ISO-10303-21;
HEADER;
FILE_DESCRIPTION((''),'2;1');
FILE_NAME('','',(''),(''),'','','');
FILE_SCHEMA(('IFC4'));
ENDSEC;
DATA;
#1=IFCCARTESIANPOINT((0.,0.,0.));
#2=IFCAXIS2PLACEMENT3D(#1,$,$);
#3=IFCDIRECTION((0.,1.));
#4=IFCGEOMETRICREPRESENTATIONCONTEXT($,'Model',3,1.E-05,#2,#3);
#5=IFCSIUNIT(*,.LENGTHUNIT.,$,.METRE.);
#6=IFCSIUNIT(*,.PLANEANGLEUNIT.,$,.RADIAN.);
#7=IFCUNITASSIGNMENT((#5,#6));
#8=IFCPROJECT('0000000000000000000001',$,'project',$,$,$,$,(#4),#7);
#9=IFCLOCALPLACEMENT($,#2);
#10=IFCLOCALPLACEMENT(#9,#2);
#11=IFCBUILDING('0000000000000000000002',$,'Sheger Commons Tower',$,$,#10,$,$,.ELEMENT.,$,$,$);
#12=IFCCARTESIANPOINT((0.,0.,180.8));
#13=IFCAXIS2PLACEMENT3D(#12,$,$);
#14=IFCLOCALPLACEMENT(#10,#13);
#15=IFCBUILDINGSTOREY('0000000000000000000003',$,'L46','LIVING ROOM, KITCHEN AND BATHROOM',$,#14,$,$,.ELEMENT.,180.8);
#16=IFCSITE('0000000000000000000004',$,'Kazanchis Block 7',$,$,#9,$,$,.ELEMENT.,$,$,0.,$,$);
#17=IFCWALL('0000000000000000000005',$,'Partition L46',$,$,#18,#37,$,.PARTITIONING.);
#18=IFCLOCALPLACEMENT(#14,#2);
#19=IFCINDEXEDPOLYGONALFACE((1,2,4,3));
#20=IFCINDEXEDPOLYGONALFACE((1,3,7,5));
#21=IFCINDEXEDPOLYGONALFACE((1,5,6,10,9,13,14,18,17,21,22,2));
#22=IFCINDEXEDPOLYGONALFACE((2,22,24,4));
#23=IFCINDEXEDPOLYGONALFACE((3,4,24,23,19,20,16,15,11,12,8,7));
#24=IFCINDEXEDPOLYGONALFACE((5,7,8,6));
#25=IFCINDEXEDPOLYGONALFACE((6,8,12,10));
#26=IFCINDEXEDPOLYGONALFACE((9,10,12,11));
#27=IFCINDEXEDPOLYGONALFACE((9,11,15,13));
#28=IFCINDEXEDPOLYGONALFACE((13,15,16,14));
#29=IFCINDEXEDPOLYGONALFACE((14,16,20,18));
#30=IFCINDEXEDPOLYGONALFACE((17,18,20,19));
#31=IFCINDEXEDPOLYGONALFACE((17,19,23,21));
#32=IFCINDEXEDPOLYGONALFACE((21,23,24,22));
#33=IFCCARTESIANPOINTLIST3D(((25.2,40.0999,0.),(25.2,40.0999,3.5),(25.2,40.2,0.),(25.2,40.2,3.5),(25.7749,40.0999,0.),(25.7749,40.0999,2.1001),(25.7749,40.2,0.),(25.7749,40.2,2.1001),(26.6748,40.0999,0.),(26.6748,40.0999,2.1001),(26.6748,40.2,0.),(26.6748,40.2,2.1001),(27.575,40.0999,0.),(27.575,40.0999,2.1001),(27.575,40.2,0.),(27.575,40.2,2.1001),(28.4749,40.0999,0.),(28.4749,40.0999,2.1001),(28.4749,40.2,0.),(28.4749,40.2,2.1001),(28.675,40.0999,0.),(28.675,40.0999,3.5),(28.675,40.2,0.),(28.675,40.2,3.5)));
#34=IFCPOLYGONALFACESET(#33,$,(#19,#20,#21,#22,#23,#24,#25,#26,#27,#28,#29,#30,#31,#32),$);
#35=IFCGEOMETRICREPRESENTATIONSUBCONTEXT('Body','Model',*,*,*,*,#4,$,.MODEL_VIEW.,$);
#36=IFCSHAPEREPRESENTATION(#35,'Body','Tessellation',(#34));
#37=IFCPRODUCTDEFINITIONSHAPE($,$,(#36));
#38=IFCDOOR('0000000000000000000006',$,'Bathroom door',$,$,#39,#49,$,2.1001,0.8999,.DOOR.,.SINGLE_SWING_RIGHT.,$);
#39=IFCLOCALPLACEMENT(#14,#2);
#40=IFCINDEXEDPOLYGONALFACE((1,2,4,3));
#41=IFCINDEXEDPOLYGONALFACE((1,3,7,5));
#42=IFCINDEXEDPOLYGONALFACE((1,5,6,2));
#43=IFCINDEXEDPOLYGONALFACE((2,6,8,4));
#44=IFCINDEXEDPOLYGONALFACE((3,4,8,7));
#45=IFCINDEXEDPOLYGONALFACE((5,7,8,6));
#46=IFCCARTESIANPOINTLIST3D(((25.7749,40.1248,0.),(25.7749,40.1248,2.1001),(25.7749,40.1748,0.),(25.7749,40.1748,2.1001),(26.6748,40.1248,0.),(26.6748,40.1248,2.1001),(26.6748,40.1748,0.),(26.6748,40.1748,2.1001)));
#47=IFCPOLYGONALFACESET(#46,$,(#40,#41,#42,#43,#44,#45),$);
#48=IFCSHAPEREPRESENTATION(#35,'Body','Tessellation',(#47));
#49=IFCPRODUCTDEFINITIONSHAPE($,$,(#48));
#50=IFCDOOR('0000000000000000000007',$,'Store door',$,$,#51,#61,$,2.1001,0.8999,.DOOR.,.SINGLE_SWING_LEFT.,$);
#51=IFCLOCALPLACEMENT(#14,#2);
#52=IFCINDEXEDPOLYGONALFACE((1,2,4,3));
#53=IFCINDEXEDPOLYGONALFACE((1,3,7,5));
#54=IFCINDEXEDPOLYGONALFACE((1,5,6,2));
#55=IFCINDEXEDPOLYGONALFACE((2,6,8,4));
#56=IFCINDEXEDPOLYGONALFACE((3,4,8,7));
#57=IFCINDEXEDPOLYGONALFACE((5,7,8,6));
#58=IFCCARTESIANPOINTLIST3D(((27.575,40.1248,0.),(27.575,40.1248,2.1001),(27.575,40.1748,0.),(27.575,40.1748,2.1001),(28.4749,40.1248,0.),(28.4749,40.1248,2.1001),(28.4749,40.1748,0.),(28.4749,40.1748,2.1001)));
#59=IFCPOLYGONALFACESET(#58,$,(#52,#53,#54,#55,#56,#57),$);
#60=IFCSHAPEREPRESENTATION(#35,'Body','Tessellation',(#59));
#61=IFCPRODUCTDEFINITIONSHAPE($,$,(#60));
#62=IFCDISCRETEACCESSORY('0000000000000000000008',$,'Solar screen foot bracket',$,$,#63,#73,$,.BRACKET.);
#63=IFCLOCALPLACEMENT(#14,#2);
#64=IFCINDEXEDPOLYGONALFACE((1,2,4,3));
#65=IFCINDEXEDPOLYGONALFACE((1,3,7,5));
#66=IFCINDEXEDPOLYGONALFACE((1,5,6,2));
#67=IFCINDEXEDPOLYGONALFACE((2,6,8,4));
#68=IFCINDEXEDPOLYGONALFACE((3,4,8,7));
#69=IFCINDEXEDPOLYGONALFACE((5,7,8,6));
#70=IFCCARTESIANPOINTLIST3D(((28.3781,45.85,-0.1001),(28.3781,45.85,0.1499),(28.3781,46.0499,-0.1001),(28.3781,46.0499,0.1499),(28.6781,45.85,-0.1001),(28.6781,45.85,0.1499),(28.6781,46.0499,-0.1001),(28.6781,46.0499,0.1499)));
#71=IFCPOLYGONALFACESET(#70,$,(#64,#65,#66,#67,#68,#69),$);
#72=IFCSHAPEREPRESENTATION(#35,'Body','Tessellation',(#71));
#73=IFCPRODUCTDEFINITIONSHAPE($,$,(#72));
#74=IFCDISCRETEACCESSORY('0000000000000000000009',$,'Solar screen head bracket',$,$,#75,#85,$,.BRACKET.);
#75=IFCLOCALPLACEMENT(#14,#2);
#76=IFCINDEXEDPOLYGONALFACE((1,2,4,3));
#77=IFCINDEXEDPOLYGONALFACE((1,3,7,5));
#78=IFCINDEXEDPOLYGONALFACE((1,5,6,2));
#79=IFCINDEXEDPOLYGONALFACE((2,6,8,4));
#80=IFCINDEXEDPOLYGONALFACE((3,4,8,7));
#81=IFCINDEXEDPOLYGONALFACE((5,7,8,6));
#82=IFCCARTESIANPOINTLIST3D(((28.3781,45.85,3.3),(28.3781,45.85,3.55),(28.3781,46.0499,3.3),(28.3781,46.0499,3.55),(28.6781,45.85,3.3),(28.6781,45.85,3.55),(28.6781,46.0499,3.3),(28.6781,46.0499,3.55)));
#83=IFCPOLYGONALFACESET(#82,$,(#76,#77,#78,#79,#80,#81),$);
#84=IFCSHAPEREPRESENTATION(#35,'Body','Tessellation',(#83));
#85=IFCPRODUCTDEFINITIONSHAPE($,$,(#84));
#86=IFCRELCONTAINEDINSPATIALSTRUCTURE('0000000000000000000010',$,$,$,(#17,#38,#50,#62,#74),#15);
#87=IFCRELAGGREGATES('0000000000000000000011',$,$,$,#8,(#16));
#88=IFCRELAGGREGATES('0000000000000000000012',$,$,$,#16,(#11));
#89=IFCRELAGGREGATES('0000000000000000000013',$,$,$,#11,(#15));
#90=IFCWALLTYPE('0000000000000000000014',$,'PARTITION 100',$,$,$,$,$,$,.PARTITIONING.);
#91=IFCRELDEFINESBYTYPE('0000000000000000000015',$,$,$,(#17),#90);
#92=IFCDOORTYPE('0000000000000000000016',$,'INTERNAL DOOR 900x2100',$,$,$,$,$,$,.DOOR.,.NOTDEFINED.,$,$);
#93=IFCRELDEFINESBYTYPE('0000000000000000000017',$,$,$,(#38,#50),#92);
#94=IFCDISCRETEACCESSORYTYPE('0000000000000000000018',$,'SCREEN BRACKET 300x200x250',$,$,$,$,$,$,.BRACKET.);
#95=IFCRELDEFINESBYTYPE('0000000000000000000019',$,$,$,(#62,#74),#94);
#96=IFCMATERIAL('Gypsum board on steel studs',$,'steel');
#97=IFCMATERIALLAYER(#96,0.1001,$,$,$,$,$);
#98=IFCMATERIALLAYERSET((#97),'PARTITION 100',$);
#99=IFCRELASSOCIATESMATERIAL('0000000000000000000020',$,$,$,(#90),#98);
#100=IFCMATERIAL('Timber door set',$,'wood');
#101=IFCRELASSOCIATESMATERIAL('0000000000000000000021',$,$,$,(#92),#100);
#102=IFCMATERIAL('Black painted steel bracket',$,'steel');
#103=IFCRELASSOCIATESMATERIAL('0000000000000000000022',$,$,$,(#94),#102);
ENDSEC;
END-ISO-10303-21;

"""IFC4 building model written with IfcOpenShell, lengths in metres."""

from ifc_helpers import new_model, si_unit, direction, frame, frame_2d, origin, origin_2d, place, context, subcontext, project, spatial, rectangle, extrude, material, layer, layer_set, type_object, element, fill, save


model = new_model("IFC4")

# Units and contexts
model_context = context("Model", 3, precision=1e-05, world=origin(), true_north=direction((0.0, 1.0)))
body_context = subcontext(model_context, "Body", "Model", "MODEL_VIEW")
ifc_project = project(units=[si_unit("LENGTHUNIT", "METRE"), si_unit("PLANEANGLEUNIT", "RADIAN")], contexts=[model_context])

# Site, building, storey
site_placement = place(None, origin())
site = spatial("IfcSite", under=ifc_project, at=site_placement, Name="Kazanchis Block 7", CompositionType="ELEMENT", RefElevation=0.0)
building_placement = place(site_placement, origin())
building = spatial("IfcBuilding", under=site, at=building_placement, Name="Sheger Commons Tower", CompositionType="ELEMENT")
storey_placement = place(building_placement, frame((0.0, 0.0, 180.8)))
storey = spatial("IfcBuildingStorey", under=building, at=storey_placement, Name="L46", Description="LIVING ROOM, KITCHEN AND BATHROOM", CompositionType="ELEMENT", Elevation=180.8)

# Wall, openings, doors
ifc_material_1 = material(Name="Gypsum board on steel studs", Category="steel")
ifc_layer_1 = layer(ifc_material_1, 0.1001)
ifc_layer_set_1 = layer_set([ifc_layer_1], Name="PARTITION 100")
wall_type_1 = type_object("IfcWallType", Name="PARTITION 100", PredefinedType="PARTITIONING", material=ifc_layer_set_1)
wall_1_placement = place(storey_placement, frame((25.2, 40.1499, 0.0), z_axis=(0.0, 0.0, 1.0), x_axis=(1.0, 0.0, 0.0)))
wall_1 = element("IfcWall", 1, at=wall_1_placement, inside=storey, type_object=wall_type_1, Name="Partition L46", PredefinedType="PARTITIONING", context=body_context, shape_type="SweptSolid", body=[
    extrude(rectangle(XDim=3.4751, YDim=0.1001, at=frame_2d((1.7375, 0.0))), origin(), (0.0, 0.0, 1.0), 3.5),
])
opening_1_placement = place(wall_1_placement, frame((0.575, 0.0, 0.0)))
opening_1 = element("IfcOpeningElement", 2, at=opening_1_placement, cuts=wall_1, PredefinedType="OPENING", context=body_context, shape_type="SweptSolid", body=[
    extrude(rectangle(XDim=0.8999, YDim=2.1001, at=frame_2d((0.45, 1.05))), frame((0.0, 0.0601, 0.0), z_axis=(0.0, -1.0, 0.0), x_axis=(1.0, 0.0, 0.0)), (0.0, 0.0, 1.0), 0.1201),
])
opening_2_placement = place(wall_1_placement, frame((2.375, 0.0, 0.0)))
opening_2 = element("IfcOpeningElement", 3, at=opening_2_placement, cuts=wall_1, PredefinedType="OPENING", context=body_context, shape_type="SweptSolid", body=[
    extrude(rectangle(XDim=0.8999, YDim=2.1001, at=frame_2d((0.45, 1.05))), frame((0.0, 0.0601, 0.0), z_axis=(0.0, -1.0, 0.0), x_axis=(1.0, 0.0, 0.0)), (0.0, 0.0, 1.0), 0.1201),
])
ifc_material_2 = material(Name="Timber door set", Category="wood")
door_type = type_object("IfcDoorType", Name="INTERNAL DOOR 900x2100", OperationType="NOTDEFINED", PredefinedType="DOOR", material=ifc_material_2)
door_1_placement = place(opening_1_placement, origin())
door_1 = element("IfcDoor", 4, at=door_1_placement, inside=storey, type_object=door_type, Name="Bathroom door", OperationType="SINGLE_SWING_RIGHT", OverallHeight=2.1001, OverallWidth=0.8999, PredefinedType="DOOR", context=body_context, shape_type="SweptSolid", body=[
    extrude(rectangle(XDim=0.8999, YDim=2.1001, at=frame_2d((0.45, 1.05))), frame((0.0, 0.0249, 0.0), z_axis=(0.0, -1.0, 0.0), x_axis=(1.0, 0.0, 0.0)), (0.0, 0.0, 1.0), 0.05),
])
fill(opening_1, door_1)
door_2_placement = place(opening_2_placement, origin())
door_2 = element("IfcDoor", 5, at=door_2_placement, inside=storey, type_object=door_type, Name="Store door", OperationType="SINGLE_SWING_LEFT", OverallHeight=2.1001, OverallWidth=0.8999, PredefinedType="DOOR", context=body_context, shape_type="SweptSolid", body=[
    extrude(rectangle(XDim=0.8999, YDim=2.1001, at=frame_2d((0.45, 1.05))), frame((0.0, 0.0249, 0.0), z_axis=(0.0, -1.0, 0.0), x_axis=(1.0, 0.0, 0.0)), (0.0, 0.0, 1.0), 0.05),
])
fill(opening_2, door_2)

# Discrete accessories
ifc_material_3 = material(Name="Black painted steel bracket", Category="steel")
discrete_accessory_type = type_object("IfcDiscreteAccessoryType", Name="SCREEN BRACKET 300x200x250", PredefinedType="BRACKET", material=ifc_material_3)
for number, where, z_axis, x_axis, name in (
    (6, (28.5281, 45.95, -0.1001), (0.0, 0.0, 1.0), (-1.0, 0.0, 0.0), "Solar screen foot bracket"),
    (7, (28.5281, 45.95, 3.3), (0.0, 0.0, 1.0), (-1.0, 0.0, 0.0), "Solar screen head bracket"),
):
    element("IfcDiscreteAccessory", number, at=place(storey_placement, frame(where, z_axis=z_axis, x_axis=x_axis)), inside=storey, type_object=discrete_accessory_type, Name=name, PredefinedType="BRACKET", context=body_context, shape_type="SweptSolid", body=[
        extrude(rectangle(XDim=0.3, YDim=0.2, at=origin_2d()), origin(), (0.0, 0.0, 1.0), 0.25),
    ])

save(model, "model.ifc")
